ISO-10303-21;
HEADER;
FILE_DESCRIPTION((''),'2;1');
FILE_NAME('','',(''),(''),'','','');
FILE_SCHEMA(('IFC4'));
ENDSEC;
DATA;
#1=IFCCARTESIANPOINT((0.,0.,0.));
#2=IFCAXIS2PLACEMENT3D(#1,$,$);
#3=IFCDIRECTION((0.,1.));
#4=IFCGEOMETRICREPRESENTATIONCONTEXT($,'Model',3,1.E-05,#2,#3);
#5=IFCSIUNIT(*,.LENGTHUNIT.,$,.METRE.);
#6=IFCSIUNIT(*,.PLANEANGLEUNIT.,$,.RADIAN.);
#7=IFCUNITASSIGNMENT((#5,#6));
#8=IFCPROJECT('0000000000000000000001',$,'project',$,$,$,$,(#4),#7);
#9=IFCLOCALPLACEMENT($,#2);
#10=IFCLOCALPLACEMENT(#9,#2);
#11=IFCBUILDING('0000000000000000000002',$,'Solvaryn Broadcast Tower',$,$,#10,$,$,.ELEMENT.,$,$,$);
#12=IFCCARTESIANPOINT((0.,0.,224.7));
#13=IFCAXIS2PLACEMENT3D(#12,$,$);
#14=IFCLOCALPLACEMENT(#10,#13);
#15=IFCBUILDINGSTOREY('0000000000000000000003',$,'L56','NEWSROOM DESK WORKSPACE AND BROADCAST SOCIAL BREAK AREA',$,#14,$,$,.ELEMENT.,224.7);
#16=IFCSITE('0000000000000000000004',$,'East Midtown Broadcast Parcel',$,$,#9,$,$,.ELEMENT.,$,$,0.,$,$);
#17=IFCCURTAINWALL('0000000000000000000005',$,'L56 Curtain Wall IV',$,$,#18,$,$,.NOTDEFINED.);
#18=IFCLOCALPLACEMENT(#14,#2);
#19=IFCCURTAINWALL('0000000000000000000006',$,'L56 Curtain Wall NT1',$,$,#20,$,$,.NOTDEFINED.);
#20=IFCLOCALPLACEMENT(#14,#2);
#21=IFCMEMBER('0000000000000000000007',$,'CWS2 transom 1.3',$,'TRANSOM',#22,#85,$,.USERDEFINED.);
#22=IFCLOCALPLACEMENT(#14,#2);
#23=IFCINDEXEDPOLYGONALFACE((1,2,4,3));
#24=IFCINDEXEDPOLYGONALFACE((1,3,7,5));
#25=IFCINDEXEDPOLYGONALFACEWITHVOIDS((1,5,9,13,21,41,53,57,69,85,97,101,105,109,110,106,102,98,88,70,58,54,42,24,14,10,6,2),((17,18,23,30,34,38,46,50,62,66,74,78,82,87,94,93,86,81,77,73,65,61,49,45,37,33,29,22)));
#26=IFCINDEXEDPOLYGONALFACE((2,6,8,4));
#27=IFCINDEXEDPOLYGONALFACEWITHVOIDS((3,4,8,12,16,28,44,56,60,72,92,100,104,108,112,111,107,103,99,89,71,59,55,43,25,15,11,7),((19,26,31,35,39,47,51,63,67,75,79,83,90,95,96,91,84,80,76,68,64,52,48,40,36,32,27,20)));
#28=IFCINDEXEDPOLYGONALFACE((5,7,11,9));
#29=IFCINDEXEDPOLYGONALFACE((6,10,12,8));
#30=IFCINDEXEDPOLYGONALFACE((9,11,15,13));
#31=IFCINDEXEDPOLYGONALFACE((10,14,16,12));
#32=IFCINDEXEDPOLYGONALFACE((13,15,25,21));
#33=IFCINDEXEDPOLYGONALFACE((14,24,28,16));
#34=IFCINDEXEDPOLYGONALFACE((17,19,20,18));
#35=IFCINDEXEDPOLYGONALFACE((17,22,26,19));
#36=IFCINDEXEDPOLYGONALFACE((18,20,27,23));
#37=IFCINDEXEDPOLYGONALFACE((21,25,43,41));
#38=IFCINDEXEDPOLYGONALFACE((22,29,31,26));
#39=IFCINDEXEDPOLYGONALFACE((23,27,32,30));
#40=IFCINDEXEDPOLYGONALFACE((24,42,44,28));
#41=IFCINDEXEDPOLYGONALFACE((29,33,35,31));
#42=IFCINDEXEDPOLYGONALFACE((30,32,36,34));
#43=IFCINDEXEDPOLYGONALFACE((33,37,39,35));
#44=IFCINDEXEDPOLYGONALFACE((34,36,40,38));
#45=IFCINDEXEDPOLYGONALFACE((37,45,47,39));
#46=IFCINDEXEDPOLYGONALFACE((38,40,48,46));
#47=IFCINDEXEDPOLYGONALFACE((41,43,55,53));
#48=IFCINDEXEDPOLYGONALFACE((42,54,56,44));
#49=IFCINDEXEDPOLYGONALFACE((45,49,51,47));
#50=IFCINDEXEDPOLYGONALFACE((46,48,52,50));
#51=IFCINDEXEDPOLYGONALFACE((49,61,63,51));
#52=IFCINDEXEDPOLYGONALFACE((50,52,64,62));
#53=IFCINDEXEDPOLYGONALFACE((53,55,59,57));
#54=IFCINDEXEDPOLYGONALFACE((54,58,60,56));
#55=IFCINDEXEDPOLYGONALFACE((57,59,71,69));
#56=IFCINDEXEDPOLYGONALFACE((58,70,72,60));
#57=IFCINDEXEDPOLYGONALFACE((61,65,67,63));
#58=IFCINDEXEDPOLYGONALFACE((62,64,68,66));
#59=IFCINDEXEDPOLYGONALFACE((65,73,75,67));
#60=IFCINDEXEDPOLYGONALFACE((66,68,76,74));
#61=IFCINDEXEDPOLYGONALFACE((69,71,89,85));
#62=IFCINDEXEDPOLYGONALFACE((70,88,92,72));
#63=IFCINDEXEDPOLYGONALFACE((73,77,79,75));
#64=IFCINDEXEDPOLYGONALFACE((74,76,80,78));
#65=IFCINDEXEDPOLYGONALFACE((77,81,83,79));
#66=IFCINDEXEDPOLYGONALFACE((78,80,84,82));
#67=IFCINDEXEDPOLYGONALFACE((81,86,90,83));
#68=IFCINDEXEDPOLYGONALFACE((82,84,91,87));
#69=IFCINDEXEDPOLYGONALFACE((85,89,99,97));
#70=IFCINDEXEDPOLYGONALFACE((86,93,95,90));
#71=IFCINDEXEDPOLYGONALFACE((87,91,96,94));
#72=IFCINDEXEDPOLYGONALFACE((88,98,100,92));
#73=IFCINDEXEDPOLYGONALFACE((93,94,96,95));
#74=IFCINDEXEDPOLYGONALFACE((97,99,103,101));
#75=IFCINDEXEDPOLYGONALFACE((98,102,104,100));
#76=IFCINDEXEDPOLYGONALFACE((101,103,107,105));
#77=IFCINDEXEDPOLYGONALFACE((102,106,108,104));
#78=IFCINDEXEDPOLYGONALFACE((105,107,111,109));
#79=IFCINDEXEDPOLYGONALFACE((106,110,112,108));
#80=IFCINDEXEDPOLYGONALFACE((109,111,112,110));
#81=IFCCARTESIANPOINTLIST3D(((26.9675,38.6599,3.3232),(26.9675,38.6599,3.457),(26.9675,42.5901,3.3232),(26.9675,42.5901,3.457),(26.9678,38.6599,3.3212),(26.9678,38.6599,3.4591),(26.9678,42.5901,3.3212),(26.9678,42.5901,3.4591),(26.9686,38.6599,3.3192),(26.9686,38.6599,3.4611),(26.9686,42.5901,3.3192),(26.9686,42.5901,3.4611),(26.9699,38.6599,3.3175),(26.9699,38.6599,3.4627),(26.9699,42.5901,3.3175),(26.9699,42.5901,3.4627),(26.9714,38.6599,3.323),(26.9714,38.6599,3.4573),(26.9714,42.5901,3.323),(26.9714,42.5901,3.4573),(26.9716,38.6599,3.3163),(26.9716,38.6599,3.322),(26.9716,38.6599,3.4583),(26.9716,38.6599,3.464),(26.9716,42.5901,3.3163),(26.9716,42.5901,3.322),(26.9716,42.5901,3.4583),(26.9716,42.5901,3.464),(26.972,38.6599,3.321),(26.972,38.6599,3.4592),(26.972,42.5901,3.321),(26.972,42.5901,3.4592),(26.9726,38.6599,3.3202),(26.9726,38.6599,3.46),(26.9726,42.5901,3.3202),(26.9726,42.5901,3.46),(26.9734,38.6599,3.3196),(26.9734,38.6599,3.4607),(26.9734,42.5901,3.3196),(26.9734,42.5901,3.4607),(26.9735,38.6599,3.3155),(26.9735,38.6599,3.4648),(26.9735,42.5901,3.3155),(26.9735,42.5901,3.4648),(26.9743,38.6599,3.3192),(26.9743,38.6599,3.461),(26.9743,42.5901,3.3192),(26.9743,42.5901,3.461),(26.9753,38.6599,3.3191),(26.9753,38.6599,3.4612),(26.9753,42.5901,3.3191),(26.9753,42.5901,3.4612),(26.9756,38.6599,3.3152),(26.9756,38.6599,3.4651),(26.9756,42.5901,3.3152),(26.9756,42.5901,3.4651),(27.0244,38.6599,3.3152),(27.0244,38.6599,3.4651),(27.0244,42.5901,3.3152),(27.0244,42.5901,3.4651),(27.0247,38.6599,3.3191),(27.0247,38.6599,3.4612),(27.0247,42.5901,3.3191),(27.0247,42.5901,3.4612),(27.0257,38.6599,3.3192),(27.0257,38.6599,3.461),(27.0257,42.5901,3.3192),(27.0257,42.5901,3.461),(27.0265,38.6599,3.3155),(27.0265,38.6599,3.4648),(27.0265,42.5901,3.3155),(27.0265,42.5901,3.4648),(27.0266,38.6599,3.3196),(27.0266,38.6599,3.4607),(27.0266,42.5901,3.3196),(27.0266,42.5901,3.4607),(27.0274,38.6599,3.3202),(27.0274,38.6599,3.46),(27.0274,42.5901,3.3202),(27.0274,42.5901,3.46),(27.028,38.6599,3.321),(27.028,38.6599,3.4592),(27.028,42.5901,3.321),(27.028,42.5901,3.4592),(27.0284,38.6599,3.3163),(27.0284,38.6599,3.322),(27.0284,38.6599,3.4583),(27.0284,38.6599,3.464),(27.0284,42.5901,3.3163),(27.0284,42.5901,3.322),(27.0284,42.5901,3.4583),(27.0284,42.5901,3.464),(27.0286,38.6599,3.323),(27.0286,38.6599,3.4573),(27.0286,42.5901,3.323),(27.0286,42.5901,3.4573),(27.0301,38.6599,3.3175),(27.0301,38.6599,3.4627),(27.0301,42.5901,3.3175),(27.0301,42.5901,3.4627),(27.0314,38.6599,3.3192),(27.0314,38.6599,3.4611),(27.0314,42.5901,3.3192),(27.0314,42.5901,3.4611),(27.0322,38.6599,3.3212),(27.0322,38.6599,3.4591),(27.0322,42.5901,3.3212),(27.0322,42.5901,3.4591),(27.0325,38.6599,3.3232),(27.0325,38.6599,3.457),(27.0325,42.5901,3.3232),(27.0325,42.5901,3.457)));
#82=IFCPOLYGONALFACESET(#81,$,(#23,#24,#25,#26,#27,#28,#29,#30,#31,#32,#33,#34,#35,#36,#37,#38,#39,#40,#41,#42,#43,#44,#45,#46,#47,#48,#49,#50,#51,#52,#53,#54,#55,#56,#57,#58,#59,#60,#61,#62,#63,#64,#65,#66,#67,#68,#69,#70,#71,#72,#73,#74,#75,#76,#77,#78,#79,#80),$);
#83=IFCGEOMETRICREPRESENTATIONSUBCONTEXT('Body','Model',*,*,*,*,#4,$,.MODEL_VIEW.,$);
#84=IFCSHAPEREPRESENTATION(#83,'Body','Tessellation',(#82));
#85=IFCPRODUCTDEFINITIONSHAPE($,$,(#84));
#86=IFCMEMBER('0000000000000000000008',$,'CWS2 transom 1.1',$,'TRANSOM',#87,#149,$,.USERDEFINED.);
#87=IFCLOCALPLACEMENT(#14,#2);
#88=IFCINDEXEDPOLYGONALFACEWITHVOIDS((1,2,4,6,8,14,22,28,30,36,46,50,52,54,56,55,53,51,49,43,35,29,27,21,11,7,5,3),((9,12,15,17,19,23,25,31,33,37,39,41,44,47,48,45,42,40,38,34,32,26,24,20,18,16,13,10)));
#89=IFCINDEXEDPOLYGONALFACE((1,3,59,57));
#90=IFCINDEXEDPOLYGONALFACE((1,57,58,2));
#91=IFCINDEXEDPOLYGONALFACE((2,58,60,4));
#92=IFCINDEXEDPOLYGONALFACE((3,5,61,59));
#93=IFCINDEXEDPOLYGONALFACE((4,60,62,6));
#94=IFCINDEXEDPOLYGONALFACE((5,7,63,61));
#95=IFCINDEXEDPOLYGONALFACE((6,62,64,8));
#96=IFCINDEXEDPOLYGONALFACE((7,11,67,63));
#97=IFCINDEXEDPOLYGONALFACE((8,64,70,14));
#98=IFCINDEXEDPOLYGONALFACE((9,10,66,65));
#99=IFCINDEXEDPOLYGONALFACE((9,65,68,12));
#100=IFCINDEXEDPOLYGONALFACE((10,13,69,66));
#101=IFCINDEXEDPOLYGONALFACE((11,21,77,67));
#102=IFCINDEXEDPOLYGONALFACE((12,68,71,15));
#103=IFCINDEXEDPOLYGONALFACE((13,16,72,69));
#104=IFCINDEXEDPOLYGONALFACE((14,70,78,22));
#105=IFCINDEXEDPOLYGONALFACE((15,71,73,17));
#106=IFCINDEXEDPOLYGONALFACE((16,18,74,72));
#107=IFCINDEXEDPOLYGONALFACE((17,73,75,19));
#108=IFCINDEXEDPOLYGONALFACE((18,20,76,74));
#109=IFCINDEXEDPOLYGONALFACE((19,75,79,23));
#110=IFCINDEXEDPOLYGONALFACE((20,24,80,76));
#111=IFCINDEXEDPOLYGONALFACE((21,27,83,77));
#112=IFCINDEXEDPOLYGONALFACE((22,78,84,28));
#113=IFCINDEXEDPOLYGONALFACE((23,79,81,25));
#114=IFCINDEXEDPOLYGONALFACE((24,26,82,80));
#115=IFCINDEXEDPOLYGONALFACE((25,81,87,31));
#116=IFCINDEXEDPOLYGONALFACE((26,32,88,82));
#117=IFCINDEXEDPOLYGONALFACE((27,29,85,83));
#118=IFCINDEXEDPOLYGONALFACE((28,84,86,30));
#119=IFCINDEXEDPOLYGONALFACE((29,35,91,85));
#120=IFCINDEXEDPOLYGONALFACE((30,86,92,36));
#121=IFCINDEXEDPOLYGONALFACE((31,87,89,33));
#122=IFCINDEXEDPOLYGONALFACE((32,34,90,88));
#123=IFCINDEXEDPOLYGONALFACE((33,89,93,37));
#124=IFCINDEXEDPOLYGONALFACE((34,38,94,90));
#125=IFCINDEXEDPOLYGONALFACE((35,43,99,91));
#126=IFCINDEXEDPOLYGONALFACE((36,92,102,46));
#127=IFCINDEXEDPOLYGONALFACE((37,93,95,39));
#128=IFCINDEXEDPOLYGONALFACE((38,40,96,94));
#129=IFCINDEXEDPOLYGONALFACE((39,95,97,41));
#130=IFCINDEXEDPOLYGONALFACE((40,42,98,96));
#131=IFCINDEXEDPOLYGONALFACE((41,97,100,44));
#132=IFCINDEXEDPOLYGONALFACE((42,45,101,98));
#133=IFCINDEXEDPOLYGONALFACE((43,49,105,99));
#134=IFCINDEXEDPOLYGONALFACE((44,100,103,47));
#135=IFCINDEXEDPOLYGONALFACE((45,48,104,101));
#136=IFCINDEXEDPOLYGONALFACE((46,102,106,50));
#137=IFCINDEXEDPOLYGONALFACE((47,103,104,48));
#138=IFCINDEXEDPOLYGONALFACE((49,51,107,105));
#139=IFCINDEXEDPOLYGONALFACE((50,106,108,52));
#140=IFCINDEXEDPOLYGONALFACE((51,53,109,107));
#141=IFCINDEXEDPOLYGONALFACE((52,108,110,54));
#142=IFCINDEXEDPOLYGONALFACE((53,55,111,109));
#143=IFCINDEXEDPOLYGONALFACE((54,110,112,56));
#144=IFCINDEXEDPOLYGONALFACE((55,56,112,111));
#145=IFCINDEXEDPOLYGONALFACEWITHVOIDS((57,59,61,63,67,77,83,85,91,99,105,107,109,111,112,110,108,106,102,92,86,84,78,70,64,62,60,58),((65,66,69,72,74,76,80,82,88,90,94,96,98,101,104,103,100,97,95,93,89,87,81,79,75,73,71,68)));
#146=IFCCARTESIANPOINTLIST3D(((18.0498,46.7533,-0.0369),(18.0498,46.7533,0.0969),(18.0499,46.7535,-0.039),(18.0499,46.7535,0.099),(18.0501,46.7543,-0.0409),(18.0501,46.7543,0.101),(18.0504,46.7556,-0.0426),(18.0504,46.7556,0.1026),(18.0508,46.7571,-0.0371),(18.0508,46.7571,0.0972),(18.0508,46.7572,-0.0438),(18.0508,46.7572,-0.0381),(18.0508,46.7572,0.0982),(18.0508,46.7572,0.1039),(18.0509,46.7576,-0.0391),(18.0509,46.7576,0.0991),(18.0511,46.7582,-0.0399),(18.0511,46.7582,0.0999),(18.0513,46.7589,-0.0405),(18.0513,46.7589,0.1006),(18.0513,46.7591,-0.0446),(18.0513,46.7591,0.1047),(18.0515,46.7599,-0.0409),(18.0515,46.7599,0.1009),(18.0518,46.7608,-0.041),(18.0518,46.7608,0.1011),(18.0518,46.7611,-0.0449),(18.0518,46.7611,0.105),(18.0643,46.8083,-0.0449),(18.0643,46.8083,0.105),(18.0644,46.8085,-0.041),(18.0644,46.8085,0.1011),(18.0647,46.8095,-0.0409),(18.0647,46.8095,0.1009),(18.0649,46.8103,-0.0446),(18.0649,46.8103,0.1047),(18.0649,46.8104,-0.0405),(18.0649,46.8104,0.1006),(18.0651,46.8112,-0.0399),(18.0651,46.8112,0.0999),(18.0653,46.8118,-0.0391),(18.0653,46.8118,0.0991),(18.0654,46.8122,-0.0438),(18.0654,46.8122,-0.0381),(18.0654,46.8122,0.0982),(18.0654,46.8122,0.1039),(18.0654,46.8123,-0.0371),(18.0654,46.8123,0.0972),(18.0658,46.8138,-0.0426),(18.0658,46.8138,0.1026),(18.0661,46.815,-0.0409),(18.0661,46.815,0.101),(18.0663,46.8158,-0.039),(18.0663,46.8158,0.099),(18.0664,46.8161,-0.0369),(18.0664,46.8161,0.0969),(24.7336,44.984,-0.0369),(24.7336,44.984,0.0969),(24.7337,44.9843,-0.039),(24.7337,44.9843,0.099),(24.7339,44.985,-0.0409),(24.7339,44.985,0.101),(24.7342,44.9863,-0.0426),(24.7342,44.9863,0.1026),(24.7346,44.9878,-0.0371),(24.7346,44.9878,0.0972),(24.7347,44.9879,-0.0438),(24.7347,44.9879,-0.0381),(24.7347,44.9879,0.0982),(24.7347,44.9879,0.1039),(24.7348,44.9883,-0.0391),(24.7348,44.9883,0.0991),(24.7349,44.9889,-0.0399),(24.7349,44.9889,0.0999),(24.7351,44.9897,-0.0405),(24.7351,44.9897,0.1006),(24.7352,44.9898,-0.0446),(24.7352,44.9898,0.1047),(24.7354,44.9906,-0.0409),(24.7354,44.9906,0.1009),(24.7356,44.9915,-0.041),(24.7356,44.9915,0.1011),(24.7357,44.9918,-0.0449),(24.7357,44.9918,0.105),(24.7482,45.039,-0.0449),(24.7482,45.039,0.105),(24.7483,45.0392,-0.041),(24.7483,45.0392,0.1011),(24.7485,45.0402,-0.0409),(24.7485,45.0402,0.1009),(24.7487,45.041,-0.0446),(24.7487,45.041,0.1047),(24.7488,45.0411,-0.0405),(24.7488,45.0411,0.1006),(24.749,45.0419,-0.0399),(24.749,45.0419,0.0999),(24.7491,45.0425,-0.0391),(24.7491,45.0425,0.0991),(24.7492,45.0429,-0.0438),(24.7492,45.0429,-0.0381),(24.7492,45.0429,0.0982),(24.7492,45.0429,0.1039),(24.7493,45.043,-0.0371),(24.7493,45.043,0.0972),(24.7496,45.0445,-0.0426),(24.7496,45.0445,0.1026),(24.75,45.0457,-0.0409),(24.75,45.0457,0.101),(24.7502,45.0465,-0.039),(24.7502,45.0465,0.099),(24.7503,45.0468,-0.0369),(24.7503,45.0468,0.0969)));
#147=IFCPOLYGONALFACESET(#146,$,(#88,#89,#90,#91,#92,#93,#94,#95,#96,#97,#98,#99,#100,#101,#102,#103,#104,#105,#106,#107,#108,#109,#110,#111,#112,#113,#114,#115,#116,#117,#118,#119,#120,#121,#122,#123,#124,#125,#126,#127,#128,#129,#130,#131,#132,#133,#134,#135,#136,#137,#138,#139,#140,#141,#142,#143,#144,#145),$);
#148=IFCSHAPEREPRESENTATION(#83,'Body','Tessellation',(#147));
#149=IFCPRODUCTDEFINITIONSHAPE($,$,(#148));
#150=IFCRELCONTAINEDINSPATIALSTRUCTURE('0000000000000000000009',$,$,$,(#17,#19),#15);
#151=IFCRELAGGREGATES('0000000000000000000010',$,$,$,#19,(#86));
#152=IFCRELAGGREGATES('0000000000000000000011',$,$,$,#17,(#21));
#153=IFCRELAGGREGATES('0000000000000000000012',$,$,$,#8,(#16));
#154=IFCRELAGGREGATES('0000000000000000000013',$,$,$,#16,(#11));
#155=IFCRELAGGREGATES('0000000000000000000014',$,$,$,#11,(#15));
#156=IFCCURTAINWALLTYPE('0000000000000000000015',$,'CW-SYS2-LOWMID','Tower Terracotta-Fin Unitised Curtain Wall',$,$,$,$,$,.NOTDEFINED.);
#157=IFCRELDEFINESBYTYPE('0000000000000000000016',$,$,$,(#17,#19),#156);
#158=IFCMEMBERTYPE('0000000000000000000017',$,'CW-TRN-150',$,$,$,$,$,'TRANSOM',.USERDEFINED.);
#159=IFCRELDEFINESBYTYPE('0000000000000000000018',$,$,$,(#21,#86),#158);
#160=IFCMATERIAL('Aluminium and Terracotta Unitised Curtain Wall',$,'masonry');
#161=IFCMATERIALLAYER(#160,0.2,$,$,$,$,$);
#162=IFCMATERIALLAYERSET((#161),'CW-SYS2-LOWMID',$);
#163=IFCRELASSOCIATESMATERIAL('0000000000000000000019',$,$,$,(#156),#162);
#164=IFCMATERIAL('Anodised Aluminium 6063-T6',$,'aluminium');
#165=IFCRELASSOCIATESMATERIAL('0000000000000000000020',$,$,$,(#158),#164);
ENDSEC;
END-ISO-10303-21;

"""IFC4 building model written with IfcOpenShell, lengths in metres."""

from ifc_helpers import new_model, si_unit, direction, frame, origin, origin_2d, place, context, subcontext, project, spatial, hollow_rectangle, extrude, material, layer, layer_set, material_profile, profile_set, type_object, element, aggregate, save


model = new_model("IFC4")

# Units and contexts
model_context = context("Model", 3, precision=1e-05, world=origin(), true_north=direction((0.0, 1.0)))
body_context = subcontext(model_context, "Body", "Model", "MODEL_VIEW")
ifc_project = project(units=[si_unit("LENGTHUNIT", "METRE"), si_unit("PLANEANGLEUNIT", "RADIAN")], contexts=[model_context])

# Site, building, storey
site_placement = place(None, origin())
site = spatial("IfcSite", under=ifc_project, at=site_placement, Name="East Midtown Broadcast Parcel", CompositionType="ELEMENT", RefElevation=0.0)
building_placement = place(site_placement, origin())
building = spatial("IfcBuilding", under=site, at=building_placement, Name="Solvaryn Broadcast Tower", CompositionType="ELEMENT")
storey_placement = place(building_placement, frame((0.0, 0.0, 224.7)))
storey = spatial("IfcBuildingStorey", under=building, at=storey_placement, Name="L56", Description="NEWSROOM DESK WORKSPACE AND BROADCAST SOCIAL BREAK AREA", CompositionType="ELEMENT", Elevation=224.7)

# Curtain wall
ifc_material_1 = material(Name="Aluminium and Terracotta Unitised Curtain Wall", Category="masonry")
ifc_layer_1 = layer(ifc_material_1, 0.2)
ifc_layer_set_1 = layer_set([ifc_layer_1], Name="CW-SYS2-LOWMID")
curtain_wall_type = type_object("IfcCurtainWallType", Name="CW-SYS2-LOWMID", Description="Tower Terracotta-Fin Unitised Curtain Wall", PredefinedType="NOTDEFINED", material=ifc_layer_set_1)
curtain_wall_1_placement = place(storey_placement, origin())
curtain_wall_1 = element("IfcCurtainWall", 1, at=curtain_wall_1_placement, inside=storey, type_object=curtain_wall_type, Name="L56 Curtain Wall IV", PredefinedType="NOTDEFINED")

# Curtain wall
curtain_wall_2_placement = place(storey_placement, origin())
curtain_wall_2 = element("IfcCurtainWall", 2, at=curtain_wall_2_placement, inside=storey, type_object=curtain_wall_type, Name="L56 Curtain Wall NT1", PredefinedType="NOTDEFINED")

# Members
ifc_material_2 = material(Name="Anodised Aluminium 6063-T6", Category="aluminium")
ifc_material_profile_1 = material_profile(ifc_material_2, hollow_rectangle(XDim=0.0649, YDim=0.1499, WallThickness=0.0039, InnerFilletRadius=0.0039, OuterFilletRadius=0.0081, at=origin_2d()))
ifc_profile_set_1 = profile_set([ifc_material_profile_1], Name="Anodised Aluminium 6063-T6")
member_type_1 = type_object("IfcMemberType", Name="CW-TRN-150", ElementType="TRANSOM", PredefinedType="USERDEFINED", material=ifc_profile_set_1)
member_1_placement = place(storey_placement, frame((27.0, 42.5901, 3.3901), z_axis=(0.0, -1.0, 0.0), x_axis=(1.0, 0.0, 0.0)))
member_1 = element("IfcMember", 3, at=member_1_placement, type_object=member_type_1, Name="CWS2 transom 1.3", ObjectType="TRANSOM", PredefinedType="USERDEFINED", context=body_context, shape_type="SweptSolid", body=[
    extrude(hollow_rectangle(XDim=0.0649, YDim=0.1499, WallThickness=0.0039, InnerFilletRadius=0.0039, OuterFilletRadius=0.0081, at=origin_2d()), origin(), (0.0, 0.0, 1.0), 3.9302),
])
member_2_placement = place(storey_placement, frame((24.7419, 45.0154, 0.03), z_axis=(-0.966704, 0.255897, 0.0), x_axis=(-0.255897, -0.966704, 0.0)))
member_2 = element("IfcMember", 4, at=member_2_placement, type_object=member_type_1, Name="CWS2 transom 1.1", ObjectType="TRANSOM", PredefinedType="USERDEFINED", context=body_context, shape_type="SweptSolid", body=[
    extrude(hollow_rectangle(XDim=0.0649, YDim=0.1499, WallThickness=0.0039, InnerFilletRadius=0.0039, OuterFilletRadius=0.0081, at=origin_2d()), origin(), (0.0, 0.0, 1.0), 6.9141),
])
aggregate(curtain_wall_2, [member_2])

aggregate(curtain_wall_1, [member_1])

save(model, "model.ifc")
